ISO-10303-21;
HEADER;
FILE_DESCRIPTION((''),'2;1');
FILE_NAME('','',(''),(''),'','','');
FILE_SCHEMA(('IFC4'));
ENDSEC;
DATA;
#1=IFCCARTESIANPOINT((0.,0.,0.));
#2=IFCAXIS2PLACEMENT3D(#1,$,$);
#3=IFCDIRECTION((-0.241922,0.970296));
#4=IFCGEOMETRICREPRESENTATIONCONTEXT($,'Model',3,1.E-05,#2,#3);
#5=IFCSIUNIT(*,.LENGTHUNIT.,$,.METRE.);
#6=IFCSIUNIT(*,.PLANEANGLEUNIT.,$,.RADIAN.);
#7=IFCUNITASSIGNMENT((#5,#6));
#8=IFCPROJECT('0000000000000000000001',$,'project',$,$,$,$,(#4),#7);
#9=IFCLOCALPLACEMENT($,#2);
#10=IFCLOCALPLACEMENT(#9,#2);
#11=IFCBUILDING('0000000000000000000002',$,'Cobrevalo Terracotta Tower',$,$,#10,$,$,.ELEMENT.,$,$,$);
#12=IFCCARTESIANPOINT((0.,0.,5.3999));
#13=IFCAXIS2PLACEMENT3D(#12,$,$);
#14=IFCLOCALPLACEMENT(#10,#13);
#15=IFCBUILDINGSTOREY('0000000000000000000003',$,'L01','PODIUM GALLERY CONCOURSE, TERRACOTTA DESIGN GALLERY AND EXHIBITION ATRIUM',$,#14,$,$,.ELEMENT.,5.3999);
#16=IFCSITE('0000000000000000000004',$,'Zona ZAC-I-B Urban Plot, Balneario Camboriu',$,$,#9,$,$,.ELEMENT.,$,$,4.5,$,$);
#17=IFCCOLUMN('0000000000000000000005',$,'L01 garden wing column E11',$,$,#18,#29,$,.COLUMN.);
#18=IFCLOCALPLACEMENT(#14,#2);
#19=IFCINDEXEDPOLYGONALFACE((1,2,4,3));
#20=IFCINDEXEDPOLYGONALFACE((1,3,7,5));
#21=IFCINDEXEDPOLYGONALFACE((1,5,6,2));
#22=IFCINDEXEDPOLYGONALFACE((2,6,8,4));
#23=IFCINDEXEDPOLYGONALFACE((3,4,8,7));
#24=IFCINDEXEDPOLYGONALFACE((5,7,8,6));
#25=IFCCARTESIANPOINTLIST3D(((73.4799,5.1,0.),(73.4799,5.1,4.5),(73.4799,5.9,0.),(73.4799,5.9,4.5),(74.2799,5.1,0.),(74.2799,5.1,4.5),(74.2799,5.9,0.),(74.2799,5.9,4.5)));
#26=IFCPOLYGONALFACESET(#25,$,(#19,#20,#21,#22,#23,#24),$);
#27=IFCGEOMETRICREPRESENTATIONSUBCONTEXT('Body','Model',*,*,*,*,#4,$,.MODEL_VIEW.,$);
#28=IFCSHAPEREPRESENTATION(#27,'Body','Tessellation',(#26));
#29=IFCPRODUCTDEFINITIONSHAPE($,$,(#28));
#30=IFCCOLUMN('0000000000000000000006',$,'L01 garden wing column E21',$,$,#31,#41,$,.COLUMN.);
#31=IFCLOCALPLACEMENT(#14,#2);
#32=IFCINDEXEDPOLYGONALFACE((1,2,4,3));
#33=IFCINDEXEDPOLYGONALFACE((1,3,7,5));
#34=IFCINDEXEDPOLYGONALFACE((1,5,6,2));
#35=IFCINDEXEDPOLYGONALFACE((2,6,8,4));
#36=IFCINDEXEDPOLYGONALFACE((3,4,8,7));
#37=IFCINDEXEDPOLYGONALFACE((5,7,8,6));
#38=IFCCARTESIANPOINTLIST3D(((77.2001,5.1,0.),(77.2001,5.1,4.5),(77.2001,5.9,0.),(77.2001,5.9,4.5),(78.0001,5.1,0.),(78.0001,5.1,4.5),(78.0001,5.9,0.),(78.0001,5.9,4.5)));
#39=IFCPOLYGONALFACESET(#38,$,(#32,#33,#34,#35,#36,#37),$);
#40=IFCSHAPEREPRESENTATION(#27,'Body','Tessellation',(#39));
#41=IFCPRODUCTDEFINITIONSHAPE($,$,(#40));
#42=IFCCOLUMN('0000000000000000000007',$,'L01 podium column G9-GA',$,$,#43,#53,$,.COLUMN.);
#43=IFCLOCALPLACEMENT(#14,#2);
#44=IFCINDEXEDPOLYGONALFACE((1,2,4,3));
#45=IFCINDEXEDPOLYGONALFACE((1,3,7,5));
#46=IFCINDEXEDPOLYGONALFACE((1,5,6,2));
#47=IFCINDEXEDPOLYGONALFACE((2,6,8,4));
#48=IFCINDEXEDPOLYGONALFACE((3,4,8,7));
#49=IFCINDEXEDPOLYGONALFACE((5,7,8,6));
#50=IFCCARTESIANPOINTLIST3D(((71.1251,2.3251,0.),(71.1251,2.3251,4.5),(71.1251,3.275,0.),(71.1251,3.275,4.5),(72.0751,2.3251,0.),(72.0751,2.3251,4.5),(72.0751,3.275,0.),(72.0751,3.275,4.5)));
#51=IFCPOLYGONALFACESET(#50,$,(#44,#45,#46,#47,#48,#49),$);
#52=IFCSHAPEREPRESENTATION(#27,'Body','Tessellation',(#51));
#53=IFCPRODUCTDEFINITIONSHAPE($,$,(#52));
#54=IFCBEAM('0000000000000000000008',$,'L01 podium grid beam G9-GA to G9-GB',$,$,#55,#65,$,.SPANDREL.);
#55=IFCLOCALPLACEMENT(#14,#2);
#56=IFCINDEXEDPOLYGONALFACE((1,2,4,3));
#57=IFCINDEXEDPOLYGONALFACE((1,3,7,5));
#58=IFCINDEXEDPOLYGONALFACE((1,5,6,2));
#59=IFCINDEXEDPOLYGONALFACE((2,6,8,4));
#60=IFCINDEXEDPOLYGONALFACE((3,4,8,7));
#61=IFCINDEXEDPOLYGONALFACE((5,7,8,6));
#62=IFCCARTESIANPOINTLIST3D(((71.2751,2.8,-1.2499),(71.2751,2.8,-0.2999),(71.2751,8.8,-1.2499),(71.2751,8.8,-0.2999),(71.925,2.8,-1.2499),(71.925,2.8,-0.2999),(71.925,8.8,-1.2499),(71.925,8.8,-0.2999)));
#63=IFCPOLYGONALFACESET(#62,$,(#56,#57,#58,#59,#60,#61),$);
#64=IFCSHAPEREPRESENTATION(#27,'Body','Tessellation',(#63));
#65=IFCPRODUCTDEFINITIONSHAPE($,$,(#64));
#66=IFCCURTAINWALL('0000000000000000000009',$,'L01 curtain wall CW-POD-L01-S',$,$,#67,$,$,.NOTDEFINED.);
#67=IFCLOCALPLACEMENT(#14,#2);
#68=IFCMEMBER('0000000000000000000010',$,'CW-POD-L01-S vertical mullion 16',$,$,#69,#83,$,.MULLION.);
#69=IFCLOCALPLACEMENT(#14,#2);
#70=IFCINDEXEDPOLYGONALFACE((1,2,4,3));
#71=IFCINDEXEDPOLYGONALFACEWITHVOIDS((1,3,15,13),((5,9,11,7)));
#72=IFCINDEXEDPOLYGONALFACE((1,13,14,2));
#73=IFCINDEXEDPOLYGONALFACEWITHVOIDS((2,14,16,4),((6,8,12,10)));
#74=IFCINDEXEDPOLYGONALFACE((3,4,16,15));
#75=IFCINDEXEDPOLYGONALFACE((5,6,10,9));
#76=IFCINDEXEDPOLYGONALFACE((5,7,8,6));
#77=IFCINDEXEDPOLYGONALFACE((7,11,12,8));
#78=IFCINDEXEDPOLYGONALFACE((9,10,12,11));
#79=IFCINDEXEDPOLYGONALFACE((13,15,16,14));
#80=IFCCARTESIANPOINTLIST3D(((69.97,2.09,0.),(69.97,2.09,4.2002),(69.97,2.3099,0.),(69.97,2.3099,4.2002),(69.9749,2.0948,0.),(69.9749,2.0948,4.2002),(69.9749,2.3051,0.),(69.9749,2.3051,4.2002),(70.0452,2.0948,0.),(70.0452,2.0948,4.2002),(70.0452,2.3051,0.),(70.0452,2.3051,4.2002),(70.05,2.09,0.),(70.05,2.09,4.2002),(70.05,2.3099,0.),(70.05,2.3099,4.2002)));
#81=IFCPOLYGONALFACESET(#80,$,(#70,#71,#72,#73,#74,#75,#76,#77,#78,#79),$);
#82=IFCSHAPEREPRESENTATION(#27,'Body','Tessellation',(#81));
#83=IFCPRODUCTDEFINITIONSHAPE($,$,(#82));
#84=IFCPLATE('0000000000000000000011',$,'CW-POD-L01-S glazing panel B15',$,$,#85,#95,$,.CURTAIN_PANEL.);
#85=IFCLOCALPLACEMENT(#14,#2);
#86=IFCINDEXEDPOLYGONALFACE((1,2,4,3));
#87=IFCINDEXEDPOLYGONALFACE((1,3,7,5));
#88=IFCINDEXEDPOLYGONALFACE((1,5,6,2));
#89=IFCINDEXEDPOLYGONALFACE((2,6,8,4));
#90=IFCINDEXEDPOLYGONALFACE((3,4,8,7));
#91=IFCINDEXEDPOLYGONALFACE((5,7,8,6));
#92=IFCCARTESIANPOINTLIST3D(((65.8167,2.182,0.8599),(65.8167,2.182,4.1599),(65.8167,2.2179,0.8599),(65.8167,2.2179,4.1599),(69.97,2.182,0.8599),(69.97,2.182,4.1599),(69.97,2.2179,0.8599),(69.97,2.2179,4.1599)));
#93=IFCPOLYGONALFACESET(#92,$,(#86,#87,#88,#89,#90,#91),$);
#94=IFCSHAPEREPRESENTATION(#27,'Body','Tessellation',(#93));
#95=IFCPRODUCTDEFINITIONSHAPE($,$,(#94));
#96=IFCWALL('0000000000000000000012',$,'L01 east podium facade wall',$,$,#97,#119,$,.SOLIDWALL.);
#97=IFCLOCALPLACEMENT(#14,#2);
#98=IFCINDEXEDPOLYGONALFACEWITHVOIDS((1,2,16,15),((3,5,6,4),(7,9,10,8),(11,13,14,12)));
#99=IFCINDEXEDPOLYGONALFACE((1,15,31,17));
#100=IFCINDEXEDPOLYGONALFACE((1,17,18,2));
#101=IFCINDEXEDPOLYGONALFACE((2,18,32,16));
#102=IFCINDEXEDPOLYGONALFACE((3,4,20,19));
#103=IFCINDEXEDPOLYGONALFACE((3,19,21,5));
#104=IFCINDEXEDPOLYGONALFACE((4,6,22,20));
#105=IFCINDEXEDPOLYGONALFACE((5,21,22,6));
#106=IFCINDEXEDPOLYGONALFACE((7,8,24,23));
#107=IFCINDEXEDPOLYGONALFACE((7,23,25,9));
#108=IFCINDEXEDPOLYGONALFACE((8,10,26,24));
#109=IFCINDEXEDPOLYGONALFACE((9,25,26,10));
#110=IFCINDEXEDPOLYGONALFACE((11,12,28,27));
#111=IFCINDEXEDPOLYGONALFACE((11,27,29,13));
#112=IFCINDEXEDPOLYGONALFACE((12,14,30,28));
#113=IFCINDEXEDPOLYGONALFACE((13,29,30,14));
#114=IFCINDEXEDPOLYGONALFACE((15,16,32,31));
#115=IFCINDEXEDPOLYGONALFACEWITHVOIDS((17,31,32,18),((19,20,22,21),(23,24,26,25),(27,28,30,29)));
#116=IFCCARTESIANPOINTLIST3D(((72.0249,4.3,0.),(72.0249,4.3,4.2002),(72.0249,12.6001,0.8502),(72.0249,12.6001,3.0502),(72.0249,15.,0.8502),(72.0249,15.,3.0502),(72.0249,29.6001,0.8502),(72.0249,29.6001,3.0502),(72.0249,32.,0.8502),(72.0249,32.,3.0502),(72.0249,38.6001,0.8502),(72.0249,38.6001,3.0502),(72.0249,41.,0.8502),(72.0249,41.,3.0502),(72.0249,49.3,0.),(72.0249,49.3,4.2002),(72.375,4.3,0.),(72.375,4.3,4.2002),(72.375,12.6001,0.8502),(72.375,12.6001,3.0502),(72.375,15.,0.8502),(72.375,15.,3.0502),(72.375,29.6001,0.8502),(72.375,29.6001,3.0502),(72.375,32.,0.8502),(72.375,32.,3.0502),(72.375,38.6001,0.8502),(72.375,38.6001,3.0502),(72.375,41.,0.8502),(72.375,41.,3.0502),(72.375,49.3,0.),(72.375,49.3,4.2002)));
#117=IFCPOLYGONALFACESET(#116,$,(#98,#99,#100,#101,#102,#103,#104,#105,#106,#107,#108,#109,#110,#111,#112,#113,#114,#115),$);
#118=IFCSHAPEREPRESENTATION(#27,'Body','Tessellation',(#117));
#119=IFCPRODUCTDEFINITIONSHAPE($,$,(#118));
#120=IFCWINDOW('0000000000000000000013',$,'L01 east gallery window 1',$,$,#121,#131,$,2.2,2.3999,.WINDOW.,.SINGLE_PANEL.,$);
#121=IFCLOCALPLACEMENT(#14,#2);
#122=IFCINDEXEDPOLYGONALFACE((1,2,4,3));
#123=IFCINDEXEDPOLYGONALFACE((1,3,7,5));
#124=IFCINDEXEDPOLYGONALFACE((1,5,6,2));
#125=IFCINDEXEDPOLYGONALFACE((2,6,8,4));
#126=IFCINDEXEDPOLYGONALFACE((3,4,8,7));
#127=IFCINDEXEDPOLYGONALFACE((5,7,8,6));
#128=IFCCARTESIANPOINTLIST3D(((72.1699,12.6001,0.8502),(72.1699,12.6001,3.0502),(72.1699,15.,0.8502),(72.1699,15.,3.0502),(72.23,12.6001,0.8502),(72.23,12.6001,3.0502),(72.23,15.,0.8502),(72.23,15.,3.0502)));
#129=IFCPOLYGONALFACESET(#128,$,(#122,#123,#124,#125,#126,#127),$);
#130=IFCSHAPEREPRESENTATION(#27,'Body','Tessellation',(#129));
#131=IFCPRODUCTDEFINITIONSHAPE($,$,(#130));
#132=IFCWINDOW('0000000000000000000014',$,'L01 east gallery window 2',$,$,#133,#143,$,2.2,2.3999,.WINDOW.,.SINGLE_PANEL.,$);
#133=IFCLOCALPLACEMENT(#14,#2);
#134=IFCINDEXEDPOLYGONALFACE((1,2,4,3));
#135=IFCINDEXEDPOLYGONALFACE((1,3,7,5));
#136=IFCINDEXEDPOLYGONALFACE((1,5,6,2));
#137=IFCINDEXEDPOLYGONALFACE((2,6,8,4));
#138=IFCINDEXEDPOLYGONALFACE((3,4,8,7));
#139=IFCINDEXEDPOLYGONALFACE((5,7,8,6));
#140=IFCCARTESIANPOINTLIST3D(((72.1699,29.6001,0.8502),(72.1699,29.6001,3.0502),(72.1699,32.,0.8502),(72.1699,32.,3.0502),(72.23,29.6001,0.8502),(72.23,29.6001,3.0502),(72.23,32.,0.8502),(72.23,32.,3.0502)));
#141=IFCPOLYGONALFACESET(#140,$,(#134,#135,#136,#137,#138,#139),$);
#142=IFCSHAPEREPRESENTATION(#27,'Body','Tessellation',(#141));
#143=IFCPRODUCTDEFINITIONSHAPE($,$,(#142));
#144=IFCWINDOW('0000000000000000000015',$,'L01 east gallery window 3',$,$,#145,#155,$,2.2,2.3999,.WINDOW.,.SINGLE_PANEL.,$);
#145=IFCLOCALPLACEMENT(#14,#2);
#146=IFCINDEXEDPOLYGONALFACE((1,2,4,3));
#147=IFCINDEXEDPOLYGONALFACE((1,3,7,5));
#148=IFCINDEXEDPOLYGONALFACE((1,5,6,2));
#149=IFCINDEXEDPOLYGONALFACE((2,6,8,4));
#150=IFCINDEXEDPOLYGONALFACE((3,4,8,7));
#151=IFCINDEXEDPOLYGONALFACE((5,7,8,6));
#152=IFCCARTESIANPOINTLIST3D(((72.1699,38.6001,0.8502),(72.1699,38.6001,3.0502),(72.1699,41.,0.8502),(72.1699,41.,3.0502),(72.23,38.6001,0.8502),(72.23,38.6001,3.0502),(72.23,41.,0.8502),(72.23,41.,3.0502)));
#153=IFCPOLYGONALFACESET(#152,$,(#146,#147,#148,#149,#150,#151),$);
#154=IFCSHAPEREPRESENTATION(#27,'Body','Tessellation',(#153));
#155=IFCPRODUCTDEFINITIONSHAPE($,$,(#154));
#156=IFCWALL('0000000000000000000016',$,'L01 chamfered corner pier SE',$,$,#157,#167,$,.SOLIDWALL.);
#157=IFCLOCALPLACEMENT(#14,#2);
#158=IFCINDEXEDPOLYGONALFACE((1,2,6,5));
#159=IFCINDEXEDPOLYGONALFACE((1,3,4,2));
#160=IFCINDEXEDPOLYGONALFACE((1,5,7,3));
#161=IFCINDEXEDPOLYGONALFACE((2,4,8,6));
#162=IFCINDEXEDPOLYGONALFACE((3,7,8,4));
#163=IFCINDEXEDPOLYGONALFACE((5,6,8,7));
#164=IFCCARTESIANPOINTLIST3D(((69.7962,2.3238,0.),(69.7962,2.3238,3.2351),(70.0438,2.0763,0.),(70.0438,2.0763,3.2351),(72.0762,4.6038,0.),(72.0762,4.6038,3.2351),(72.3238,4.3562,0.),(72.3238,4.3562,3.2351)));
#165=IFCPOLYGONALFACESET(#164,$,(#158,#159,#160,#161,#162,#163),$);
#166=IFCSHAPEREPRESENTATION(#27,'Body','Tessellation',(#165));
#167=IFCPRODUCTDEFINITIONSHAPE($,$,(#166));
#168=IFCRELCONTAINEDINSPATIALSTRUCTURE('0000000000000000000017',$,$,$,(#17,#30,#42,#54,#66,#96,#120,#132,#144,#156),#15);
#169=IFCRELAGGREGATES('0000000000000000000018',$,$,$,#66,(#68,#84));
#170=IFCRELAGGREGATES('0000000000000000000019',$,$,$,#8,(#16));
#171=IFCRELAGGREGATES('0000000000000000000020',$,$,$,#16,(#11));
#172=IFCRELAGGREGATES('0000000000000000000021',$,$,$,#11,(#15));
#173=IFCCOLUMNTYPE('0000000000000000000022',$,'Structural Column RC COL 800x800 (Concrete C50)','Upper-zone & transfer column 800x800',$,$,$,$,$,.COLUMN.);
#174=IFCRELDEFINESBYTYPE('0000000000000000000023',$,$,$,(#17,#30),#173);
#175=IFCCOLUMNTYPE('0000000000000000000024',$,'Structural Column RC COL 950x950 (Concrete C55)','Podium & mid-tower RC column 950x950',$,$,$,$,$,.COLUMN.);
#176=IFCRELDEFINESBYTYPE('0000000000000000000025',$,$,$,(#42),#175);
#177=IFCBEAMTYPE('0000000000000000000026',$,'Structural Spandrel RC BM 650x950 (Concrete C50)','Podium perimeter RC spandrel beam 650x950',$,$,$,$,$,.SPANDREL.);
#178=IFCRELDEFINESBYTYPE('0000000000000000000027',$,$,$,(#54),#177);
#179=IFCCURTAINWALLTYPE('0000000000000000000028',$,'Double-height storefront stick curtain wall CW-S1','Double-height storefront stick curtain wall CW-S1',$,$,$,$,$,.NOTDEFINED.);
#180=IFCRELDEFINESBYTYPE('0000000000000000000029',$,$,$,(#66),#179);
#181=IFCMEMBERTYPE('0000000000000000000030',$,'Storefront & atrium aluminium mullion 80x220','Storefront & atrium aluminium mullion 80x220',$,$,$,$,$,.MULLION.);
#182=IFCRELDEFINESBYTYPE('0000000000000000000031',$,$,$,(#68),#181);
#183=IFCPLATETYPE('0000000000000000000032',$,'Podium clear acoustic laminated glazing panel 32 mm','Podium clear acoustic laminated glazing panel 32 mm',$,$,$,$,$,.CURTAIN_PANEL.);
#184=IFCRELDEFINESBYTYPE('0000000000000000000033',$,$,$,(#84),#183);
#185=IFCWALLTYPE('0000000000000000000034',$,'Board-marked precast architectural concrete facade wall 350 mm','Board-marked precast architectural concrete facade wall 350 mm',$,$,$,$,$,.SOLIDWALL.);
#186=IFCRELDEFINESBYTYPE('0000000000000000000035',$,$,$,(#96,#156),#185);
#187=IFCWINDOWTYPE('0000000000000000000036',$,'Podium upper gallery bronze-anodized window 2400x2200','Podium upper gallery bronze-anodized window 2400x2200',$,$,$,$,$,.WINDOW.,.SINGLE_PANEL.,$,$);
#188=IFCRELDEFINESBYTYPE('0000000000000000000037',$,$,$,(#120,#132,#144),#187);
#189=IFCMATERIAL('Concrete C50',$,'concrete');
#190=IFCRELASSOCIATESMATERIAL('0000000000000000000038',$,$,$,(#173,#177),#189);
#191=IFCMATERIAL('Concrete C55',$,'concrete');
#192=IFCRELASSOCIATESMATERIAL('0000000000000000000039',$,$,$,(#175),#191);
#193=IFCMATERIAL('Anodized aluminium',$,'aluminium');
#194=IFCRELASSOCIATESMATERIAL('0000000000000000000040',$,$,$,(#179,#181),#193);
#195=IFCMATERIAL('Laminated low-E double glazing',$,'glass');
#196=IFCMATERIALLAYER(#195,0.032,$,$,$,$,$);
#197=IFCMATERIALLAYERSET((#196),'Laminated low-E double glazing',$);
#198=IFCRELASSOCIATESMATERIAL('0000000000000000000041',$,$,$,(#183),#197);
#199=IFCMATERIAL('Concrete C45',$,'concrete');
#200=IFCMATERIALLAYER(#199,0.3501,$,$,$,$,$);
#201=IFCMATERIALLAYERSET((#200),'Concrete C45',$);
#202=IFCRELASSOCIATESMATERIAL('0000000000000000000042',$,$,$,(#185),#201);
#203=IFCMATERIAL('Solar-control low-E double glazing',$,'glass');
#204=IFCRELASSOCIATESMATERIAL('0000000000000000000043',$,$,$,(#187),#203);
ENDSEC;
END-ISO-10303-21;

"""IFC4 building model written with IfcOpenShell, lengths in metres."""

from ifc_helpers import new_model, si_unit, direction, frame, frame_2d, origin, origin_2d, place, context, subcontext, project, spatial, rectangle, hollow_rectangle, extrude, source, transform, mapped, material, layer, layer_set, material_profile, profile_set, type_object, element, fill, aggregate, save


model = new_model("IFC4")

# Units and contexts
model_context = context("Model", 3, precision=1e-05, world=origin(), true_north=direction((-0.241922, 0.970296)))
body_context = subcontext(model_context, "Body", "Model", "MODEL_VIEW")
ifc_project = project(units=[si_unit("LENGTHUNIT", "METRE"), si_unit("PLANEANGLEUNIT", "RADIAN")], contexts=[model_context])

# Site, building, storey
site_placement = place(None, origin())
site = spatial("IfcSite", under=ifc_project, at=site_placement, Name="Zona ZAC-I-B Urban Plot, Balneario Camboriu", CompositionType="ELEMENT", RefElevation=4.5)
building_placement = place(site_placement, origin())
building = spatial("IfcBuilding", under=site, at=building_placement, Name="Cobrevalo Terracotta Tower", CompositionType="ELEMENT")
storey_placement = place(building_placement, frame((0.0, 0.0, 5.3999)))
storey = spatial("IfcBuildingStorey", under=building, at=storey_placement, Name="L01", Description="PODIUM GALLERY CONCOURSE, TERRACOTTA DESIGN GALLERY AND EXHIBITION ATRIUM", CompositionType="ELEMENT", Elevation=5.3999)

# Columns
ifc_material_1 = material(Name="Concrete C50", Category="concrete")
ifc_material_profile_1 = material_profile(ifc_material_1, rectangle(XDim=0.8, YDim=0.8, at=origin_2d()), Name="RC COL 800x800")
ifc_profile_set_1 = profile_set([ifc_material_profile_1], Name="Concrete C50")
column_type_1 = type_object("IfcColumnType", Name="Structural Column RC COL 800x800 (Concrete C50)", Description="Upper-zone & transfer column 800x800", PredefinedType="COLUMN", material=ifc_profile_set_1)
for number, where, z_axis, x_axis, name in (
    (1, (73.8799, 5.5, 0.0), (0.0, 0.0, 1.0), (1.0, 0.0, 0.0), "L01 garden wing column E11"),
    (2, (77.6001, 5.5, 0.0), (0.0, 0.0, 1.0), (1.0, 0.0, 0.0), "L01 garden wing column E21"),
):
    element("IfcColumn", number, at=place(storey_placement, frame(where, z_axis=z_axis, x_axis=x_axis)), inside=storey, type_object=column_type_1, Name=name, PredefinedType="COLUMN", context=body_context, shape_type="SweptSolid", body=[
        extrude(rectangle(XDim=0.8, YDim=0.8, at=origin_2d()), origin(), (0.0, 0.0, 1.0), 4.5),
    ])
ifc_material_2 = material(Name="Concrete C55", Category="concrete")
ifc_material_profile_2 = material_profile(ifc_material_2, rectangle(XDim=0.95, YDim=0.95, at=origin_2d()), Name="RC COL 950x950")
ifc_profile_set_2 = profile_set([ifc_material_profile_2], Name="Concrete C55")
column_type_2 = type_object("IfcColumnType", Name="Structural Column RC COL 950x950 (Concrete C55)", Description="Podium & mid-tower RC column 950x950", PredefinedType="COLUMN", material=ifc_profile_set_2)
column_placement = place(storey_placement, frame((71.6001, 2.8, 0.0), z_axis=(0.0, 0.0, 1.0), x_axis=(1.0, 0.0, 0.0)))
element("IfcColumn", 3, at=column_placement, inside=storey, type_object=column_type_2, Name="L01 podium column G9-GA", PredefinedType="COLUMN", context=body_context, shape_type="SweptSolid", body=[
    extrude(rectangle(XDim=0.95, YDim=0.95, at=origin_2d()), origin(), (0.0, 0.0, 1.0), 4.5),
])

# Beam
ifc_material_profile_3 = material_profile(ifc_material_1, rectangle(XDim=0.6499, YDim=0.95, at=origin_2d()), Name="RC BM 650x950")
ifc_profile_set_3 = profile_set([ifc_material_profile_3], Name="Concrete C50")
beam_type = type_object("IfcBeamType", Name="Structural Spandrel RC BM 650x950 (Concrete C50)", Description="Podium perimeter RC spandrel beam 650x950", PredefinedType="SPANDREL", material=ifc_profile_set_3)
beam_placement = place(storey_placement, frame((71.6001, 2.8, -0.7749), z_axis=(0.0, 1.0, 0.0), x_axis=(-1.0, 0.0, 0.0)))
element("IfcBeam", 4, at=beam_placement, inside=storey, type_object=beam_type, Name="L01 podium grid beam G9-GA to G9-GB", PredefinedType="SPANDREL", context=body_context, shape_type="SweptSolid", body=[
    extrude(rectangle(XDim=0.6499, YDim=0.95, at=origin_2d()), origin(), (0.0, 0.0, 1.0), 6.0),
])

# Curtain wall, member, plate
ifc_material_3 = material(Name="Anodized aluminium", Category="aluminium")
curtain_wall_type = type_object("IfcCurtainWallType", Name="Double-height storefront stick curtain wall CW-S1", Description="Double-height storefront stick curtain wall CW-S1", PredefinedType="NOTDEFINED", material=ifc_material_3)
curtain_wall_placement = place(storey_placement, origin())
curtain_wall = element("IfcCurtainWall", 5, at=curtain_wall_placement, inside=storey, type_object=curtain_wall_type, Name="L01 curtain wall CW-POD-L01-S", PredefinedType="NOTDEFINED")
ifc_material_profile_4 = material_profile(ifc_material_3, hollow_rectangle(XDim=0.0801, YDim=0.22, WallThickness=0.0049, at=origin_2d()), Name="CWM 80x220")
ifc_profile_set_4 = profile_set([ifc_material_profile_4], Name="Anodized aluminium")
member_type = type_object("IfcMemberType", Name="Storefront & atrium aluminium mullion 80x220", Description="Storefront & atrium aluminium mullion 80x220", PredefinedType="MULLION", material=ifc_profile_set_4)
shared_shape_1 = source(origin(), body_context, "Body", "SweptSolid", [
    extrude(hollow_rectangle(XDim=0.0801, YDim=0.22, WallThickness=0.0049, at=origin_2d()), origin(), (0.0, 0.0, 1.0), 4.2002),
])
member_placement = place(storey_placement, frame((70.01, 2.2, 0.0), z_axis=(0.0, 0.0, 1.0), x_axis=(1.0, 0.0, 0.0)))
member = element("IfcMember", 6, at=member_placement, type_object=member_type, Name="CW-POD-L01-S vertical mullion 16", PredefinedType="MULLION", context=body_context, shape_type="MappedRepresentation", body=[
    mapped(shared_shape_1, transform((0.0, 0.0, 0.0), scale=1.0)),
])
ifc_material_4 = material(Name="Laminated low-E double glazing", Category="glass")
ifc_layer_1 = layer(ifc_material_4, 0.032)
ifc_layer_set_1 = layer_set([ifc_layer_1], Name="Laminated low-E double glazing")
plate_type = type_object("IfcPlateType", Name="Podium clear acoustic laminated glazing panel 32 mm", Description="Podium clear acoustic laminated glazing panel 32 mm", PredefinedType="CURTAIN_PANEL", material=ifc_layer_set_1)
shared_shape_2 = source(origin(), body_context, "Body", "SweptSolid", [
    extrude(rectangle(XDim=4.1533, YDim=0.0359, at=origin_2d()), origin(), (0.0, 0.0, 1.0), 3.3),
])
plate_placement = place(storey_placement, frame((67.8933, 2.2, 0.8599), z_axis=(0.0, 0.0, 1.0), x_axis=(1.0, 0.0, 0.0)))
plate = element("IfcPlate", 7, at=plate_placement, type_object=plate_type, Name="CW-POD-L01-S glazing panel B15", PredefinedType="CURTAIN_PANEL", context=body_context, shape_type="MappedRepresentation", body=[
    mapped(shared_shape_2, transform((0.0, 0.0, 0.0), scale=1.0)),
])
aggregate(curtain_wall, [member, plate])

# Wall, openings, windows
ifc_material_5 = material(Name="Concrete C45", Category="concrete")
ifc_layer_2 = layer(ifc_material_5, 0.3501)
ifc_layer_set_2 = layer_set([ifc_layer_2], Name="Concrete C45")
wall_type_1 = type_object("IfcWallType", Name="Board-marked precast architectural concrete facade wall 350 mm", Description="Board-marked precast architectural concrete facade wall 350 mm", PredefinedType="SOLIDWALL", material=ifc_layer_set_2)
wall_1_placement = place(storey_placement, frame((72.2, 4.3, 0.0), z_axis=(0.0, 0.0, 1.0), x_axis=(0.0, 1.0, 0.0)))
wall_1 = element("IfcWall", 8, at=wall_1_placement, inside=storey, type_object=wall_type_1, Name="L01 east podium facade wall", PredefinedType="SOLIDWALL", context=body_context, shape_type="SweptSolid", body=[
    extrude(rectangle(XDim=45.0, YDim=0.3501, at=frame_2d((22.5, 0.0))), origin(), (0.0, 0.0, 1.0), 4.2002),
])
opening_1_placement = place(wall_1_placement, frame((8.3, 0.0, 0.8501)))
opening_1 = element("IfcOpeningElement", 9, at=opening_1_placement, cuts=wall_1, PredefinedType="OPENING", context=body_context, shape_type="SweptSolid", body=[
    extrude(rectangle(XDim=2.3999, YDim=2.2, at=frame_2d((1.2, 1.1001))), frame((0.0, 0.1851, 0.0), z_axis=(0.0, -1.0, 0.0), x_axis=(1.0, 0.0, 0.0)), (0.0, 0.0, 1.0), 0.3701),
])
opening_2_placement = place(wall_1_placement, frame((25.3, 0.0, 0.8501)))
opening_2 = element("IfcOpeningElement", 10, at=opening_2_placement, cuts=wall_1, PredefinedType="OPENING", context=body_context, shape_type="SweptSolid", body=[
    extrude(rectangle(XDim=2.3999, YDim=2.2, at=frame_2d((1.2, 1.1001))), frame((0.0, 0.1851, 0.0), z_axis=(0.0, -1.0, 0.0), x_axis=(1.0, 0.0, 0.0)), (0.0, 0.0, 1.0), 0.3701),
])
opening_3_placement = place(wall_1_placement, frame((34.3, 0.0, 0.8501)))
opening_3 = element("IfcOpeningElement", 11, at=opening_3_placement, cuts=wall_1, PredefinedType="OPENING", context=body_context, shape_type="SweptSolid", body=[
    extrude(rectangle(XDim=2.3999, YDim=2.2, at=frame_2d((1.2, 1.1001))), frame((0.0, 0.1851, 0.0), z_axis=(0.0, -1.0, 0.0), x_axis=(1.0, 0.0, 0.0)), (0.0, 0.0, 1.0), 0.3701),
])
ifc_material_6 = material(Name="Solar-control low-E double glazing", Category="glass")
window_type = type_object("IfcWindowType", Name="Podium upper gallery bronze-anodized window 2400x2200", Description="Podium upper gallery bronze-anodized window 2400x2200", PartitioningType="SINGLE_PANEL", PredefinedType="WINDOW", material=ifc_material_6)
shared_shape_3 = source(origin(), body_context, "Body", "SweptSolid", [
    extrude(rectangle(XDim=2.3999, YDim=2.2, at=frame_2d((1.2, 1.1001))), frame((0.0, 0.03, 0.0), z_axis=(0.0, -1.0, 0.0), x_axis=(1.0, 0.0, 0.0)), (0.0, 0.0, 1.0), 0.0601),
])
window_1_placement = place(opening_1_placement, origin())
window_1 = element("IfcWindow", 12, at=window_1_placement, inside=storey, type_object=window_type, Name="L01 east gallery window 1", OverallHeight=2.2, OverallWidth=2.3999, PartitioningType="SINGLE_PANEL", PredefinedType="WINDOW", context=body_context, shape_type="MappedRepresentation", body=[
    mapped(shared_shape_3, transform((0.0, 0.0, 0.0), scale=1.0)),
])
fill(opening_1, window_1)
window_2_placement = place(opening_2_placement, origin())
window_2 = element("IfcWindow", 13, at=window_2_placement, inside=storey, type_object=window_type, Name="L01 east gallery window 2", OverallHeight=2.2, OverallWidth=2.3999, PartitioningType="SINGLE_PANEL", PredefinedType="WINDOW", context=body_context, shape_type="MappedRepresentation", body=[
    mapped(shared_shape_3, transform((0.0, 0.0, 0.0), scale=1.0)),
])
fill(opening_2, window_2)
window_3_placement = place(opening_3_placement, origin())
window_3 = element("IfcWindow", 14, at=window_3_placement, inside=storey, type_object=window_type, Name="L01 east gallery window 3", OverallHeight=2.2, OverallWidth=2.3999, PartitioningType="SINGLE_PANEL", PredefinedType="WINDOW", context=body_context, shape_type="MappedRepresentation", body=[
    mapped(shared_shape_3, transform((0.0, 0.0, 0.0), scale=1.0)),
])
fill(opening_3, window_3)

# Wall
wall_2_placement = place(storey_placement, frame((69.9199, 2.2, 0.0), z_axis=(0.0, 0.0, 1.0), x_axis=(0.707107, 0.707107, 0.0)))
element("IfcWall", 15, at=wall_2_placement, inside=storey, type_object=wall_type_1, Name="L01 chamfered corner pier SE", PredefinedType="SOLIDWALL", context=body_context, shape_type="SweptSolid", body=[
    extrude(rectangle(XDim=3.2244, YDim=0.3501, at=frame_2d((1.6123, 0.0))), origin(), (0.0, 0.0, 1.0), 3.2351),
])

save(model, "model.ifc")
